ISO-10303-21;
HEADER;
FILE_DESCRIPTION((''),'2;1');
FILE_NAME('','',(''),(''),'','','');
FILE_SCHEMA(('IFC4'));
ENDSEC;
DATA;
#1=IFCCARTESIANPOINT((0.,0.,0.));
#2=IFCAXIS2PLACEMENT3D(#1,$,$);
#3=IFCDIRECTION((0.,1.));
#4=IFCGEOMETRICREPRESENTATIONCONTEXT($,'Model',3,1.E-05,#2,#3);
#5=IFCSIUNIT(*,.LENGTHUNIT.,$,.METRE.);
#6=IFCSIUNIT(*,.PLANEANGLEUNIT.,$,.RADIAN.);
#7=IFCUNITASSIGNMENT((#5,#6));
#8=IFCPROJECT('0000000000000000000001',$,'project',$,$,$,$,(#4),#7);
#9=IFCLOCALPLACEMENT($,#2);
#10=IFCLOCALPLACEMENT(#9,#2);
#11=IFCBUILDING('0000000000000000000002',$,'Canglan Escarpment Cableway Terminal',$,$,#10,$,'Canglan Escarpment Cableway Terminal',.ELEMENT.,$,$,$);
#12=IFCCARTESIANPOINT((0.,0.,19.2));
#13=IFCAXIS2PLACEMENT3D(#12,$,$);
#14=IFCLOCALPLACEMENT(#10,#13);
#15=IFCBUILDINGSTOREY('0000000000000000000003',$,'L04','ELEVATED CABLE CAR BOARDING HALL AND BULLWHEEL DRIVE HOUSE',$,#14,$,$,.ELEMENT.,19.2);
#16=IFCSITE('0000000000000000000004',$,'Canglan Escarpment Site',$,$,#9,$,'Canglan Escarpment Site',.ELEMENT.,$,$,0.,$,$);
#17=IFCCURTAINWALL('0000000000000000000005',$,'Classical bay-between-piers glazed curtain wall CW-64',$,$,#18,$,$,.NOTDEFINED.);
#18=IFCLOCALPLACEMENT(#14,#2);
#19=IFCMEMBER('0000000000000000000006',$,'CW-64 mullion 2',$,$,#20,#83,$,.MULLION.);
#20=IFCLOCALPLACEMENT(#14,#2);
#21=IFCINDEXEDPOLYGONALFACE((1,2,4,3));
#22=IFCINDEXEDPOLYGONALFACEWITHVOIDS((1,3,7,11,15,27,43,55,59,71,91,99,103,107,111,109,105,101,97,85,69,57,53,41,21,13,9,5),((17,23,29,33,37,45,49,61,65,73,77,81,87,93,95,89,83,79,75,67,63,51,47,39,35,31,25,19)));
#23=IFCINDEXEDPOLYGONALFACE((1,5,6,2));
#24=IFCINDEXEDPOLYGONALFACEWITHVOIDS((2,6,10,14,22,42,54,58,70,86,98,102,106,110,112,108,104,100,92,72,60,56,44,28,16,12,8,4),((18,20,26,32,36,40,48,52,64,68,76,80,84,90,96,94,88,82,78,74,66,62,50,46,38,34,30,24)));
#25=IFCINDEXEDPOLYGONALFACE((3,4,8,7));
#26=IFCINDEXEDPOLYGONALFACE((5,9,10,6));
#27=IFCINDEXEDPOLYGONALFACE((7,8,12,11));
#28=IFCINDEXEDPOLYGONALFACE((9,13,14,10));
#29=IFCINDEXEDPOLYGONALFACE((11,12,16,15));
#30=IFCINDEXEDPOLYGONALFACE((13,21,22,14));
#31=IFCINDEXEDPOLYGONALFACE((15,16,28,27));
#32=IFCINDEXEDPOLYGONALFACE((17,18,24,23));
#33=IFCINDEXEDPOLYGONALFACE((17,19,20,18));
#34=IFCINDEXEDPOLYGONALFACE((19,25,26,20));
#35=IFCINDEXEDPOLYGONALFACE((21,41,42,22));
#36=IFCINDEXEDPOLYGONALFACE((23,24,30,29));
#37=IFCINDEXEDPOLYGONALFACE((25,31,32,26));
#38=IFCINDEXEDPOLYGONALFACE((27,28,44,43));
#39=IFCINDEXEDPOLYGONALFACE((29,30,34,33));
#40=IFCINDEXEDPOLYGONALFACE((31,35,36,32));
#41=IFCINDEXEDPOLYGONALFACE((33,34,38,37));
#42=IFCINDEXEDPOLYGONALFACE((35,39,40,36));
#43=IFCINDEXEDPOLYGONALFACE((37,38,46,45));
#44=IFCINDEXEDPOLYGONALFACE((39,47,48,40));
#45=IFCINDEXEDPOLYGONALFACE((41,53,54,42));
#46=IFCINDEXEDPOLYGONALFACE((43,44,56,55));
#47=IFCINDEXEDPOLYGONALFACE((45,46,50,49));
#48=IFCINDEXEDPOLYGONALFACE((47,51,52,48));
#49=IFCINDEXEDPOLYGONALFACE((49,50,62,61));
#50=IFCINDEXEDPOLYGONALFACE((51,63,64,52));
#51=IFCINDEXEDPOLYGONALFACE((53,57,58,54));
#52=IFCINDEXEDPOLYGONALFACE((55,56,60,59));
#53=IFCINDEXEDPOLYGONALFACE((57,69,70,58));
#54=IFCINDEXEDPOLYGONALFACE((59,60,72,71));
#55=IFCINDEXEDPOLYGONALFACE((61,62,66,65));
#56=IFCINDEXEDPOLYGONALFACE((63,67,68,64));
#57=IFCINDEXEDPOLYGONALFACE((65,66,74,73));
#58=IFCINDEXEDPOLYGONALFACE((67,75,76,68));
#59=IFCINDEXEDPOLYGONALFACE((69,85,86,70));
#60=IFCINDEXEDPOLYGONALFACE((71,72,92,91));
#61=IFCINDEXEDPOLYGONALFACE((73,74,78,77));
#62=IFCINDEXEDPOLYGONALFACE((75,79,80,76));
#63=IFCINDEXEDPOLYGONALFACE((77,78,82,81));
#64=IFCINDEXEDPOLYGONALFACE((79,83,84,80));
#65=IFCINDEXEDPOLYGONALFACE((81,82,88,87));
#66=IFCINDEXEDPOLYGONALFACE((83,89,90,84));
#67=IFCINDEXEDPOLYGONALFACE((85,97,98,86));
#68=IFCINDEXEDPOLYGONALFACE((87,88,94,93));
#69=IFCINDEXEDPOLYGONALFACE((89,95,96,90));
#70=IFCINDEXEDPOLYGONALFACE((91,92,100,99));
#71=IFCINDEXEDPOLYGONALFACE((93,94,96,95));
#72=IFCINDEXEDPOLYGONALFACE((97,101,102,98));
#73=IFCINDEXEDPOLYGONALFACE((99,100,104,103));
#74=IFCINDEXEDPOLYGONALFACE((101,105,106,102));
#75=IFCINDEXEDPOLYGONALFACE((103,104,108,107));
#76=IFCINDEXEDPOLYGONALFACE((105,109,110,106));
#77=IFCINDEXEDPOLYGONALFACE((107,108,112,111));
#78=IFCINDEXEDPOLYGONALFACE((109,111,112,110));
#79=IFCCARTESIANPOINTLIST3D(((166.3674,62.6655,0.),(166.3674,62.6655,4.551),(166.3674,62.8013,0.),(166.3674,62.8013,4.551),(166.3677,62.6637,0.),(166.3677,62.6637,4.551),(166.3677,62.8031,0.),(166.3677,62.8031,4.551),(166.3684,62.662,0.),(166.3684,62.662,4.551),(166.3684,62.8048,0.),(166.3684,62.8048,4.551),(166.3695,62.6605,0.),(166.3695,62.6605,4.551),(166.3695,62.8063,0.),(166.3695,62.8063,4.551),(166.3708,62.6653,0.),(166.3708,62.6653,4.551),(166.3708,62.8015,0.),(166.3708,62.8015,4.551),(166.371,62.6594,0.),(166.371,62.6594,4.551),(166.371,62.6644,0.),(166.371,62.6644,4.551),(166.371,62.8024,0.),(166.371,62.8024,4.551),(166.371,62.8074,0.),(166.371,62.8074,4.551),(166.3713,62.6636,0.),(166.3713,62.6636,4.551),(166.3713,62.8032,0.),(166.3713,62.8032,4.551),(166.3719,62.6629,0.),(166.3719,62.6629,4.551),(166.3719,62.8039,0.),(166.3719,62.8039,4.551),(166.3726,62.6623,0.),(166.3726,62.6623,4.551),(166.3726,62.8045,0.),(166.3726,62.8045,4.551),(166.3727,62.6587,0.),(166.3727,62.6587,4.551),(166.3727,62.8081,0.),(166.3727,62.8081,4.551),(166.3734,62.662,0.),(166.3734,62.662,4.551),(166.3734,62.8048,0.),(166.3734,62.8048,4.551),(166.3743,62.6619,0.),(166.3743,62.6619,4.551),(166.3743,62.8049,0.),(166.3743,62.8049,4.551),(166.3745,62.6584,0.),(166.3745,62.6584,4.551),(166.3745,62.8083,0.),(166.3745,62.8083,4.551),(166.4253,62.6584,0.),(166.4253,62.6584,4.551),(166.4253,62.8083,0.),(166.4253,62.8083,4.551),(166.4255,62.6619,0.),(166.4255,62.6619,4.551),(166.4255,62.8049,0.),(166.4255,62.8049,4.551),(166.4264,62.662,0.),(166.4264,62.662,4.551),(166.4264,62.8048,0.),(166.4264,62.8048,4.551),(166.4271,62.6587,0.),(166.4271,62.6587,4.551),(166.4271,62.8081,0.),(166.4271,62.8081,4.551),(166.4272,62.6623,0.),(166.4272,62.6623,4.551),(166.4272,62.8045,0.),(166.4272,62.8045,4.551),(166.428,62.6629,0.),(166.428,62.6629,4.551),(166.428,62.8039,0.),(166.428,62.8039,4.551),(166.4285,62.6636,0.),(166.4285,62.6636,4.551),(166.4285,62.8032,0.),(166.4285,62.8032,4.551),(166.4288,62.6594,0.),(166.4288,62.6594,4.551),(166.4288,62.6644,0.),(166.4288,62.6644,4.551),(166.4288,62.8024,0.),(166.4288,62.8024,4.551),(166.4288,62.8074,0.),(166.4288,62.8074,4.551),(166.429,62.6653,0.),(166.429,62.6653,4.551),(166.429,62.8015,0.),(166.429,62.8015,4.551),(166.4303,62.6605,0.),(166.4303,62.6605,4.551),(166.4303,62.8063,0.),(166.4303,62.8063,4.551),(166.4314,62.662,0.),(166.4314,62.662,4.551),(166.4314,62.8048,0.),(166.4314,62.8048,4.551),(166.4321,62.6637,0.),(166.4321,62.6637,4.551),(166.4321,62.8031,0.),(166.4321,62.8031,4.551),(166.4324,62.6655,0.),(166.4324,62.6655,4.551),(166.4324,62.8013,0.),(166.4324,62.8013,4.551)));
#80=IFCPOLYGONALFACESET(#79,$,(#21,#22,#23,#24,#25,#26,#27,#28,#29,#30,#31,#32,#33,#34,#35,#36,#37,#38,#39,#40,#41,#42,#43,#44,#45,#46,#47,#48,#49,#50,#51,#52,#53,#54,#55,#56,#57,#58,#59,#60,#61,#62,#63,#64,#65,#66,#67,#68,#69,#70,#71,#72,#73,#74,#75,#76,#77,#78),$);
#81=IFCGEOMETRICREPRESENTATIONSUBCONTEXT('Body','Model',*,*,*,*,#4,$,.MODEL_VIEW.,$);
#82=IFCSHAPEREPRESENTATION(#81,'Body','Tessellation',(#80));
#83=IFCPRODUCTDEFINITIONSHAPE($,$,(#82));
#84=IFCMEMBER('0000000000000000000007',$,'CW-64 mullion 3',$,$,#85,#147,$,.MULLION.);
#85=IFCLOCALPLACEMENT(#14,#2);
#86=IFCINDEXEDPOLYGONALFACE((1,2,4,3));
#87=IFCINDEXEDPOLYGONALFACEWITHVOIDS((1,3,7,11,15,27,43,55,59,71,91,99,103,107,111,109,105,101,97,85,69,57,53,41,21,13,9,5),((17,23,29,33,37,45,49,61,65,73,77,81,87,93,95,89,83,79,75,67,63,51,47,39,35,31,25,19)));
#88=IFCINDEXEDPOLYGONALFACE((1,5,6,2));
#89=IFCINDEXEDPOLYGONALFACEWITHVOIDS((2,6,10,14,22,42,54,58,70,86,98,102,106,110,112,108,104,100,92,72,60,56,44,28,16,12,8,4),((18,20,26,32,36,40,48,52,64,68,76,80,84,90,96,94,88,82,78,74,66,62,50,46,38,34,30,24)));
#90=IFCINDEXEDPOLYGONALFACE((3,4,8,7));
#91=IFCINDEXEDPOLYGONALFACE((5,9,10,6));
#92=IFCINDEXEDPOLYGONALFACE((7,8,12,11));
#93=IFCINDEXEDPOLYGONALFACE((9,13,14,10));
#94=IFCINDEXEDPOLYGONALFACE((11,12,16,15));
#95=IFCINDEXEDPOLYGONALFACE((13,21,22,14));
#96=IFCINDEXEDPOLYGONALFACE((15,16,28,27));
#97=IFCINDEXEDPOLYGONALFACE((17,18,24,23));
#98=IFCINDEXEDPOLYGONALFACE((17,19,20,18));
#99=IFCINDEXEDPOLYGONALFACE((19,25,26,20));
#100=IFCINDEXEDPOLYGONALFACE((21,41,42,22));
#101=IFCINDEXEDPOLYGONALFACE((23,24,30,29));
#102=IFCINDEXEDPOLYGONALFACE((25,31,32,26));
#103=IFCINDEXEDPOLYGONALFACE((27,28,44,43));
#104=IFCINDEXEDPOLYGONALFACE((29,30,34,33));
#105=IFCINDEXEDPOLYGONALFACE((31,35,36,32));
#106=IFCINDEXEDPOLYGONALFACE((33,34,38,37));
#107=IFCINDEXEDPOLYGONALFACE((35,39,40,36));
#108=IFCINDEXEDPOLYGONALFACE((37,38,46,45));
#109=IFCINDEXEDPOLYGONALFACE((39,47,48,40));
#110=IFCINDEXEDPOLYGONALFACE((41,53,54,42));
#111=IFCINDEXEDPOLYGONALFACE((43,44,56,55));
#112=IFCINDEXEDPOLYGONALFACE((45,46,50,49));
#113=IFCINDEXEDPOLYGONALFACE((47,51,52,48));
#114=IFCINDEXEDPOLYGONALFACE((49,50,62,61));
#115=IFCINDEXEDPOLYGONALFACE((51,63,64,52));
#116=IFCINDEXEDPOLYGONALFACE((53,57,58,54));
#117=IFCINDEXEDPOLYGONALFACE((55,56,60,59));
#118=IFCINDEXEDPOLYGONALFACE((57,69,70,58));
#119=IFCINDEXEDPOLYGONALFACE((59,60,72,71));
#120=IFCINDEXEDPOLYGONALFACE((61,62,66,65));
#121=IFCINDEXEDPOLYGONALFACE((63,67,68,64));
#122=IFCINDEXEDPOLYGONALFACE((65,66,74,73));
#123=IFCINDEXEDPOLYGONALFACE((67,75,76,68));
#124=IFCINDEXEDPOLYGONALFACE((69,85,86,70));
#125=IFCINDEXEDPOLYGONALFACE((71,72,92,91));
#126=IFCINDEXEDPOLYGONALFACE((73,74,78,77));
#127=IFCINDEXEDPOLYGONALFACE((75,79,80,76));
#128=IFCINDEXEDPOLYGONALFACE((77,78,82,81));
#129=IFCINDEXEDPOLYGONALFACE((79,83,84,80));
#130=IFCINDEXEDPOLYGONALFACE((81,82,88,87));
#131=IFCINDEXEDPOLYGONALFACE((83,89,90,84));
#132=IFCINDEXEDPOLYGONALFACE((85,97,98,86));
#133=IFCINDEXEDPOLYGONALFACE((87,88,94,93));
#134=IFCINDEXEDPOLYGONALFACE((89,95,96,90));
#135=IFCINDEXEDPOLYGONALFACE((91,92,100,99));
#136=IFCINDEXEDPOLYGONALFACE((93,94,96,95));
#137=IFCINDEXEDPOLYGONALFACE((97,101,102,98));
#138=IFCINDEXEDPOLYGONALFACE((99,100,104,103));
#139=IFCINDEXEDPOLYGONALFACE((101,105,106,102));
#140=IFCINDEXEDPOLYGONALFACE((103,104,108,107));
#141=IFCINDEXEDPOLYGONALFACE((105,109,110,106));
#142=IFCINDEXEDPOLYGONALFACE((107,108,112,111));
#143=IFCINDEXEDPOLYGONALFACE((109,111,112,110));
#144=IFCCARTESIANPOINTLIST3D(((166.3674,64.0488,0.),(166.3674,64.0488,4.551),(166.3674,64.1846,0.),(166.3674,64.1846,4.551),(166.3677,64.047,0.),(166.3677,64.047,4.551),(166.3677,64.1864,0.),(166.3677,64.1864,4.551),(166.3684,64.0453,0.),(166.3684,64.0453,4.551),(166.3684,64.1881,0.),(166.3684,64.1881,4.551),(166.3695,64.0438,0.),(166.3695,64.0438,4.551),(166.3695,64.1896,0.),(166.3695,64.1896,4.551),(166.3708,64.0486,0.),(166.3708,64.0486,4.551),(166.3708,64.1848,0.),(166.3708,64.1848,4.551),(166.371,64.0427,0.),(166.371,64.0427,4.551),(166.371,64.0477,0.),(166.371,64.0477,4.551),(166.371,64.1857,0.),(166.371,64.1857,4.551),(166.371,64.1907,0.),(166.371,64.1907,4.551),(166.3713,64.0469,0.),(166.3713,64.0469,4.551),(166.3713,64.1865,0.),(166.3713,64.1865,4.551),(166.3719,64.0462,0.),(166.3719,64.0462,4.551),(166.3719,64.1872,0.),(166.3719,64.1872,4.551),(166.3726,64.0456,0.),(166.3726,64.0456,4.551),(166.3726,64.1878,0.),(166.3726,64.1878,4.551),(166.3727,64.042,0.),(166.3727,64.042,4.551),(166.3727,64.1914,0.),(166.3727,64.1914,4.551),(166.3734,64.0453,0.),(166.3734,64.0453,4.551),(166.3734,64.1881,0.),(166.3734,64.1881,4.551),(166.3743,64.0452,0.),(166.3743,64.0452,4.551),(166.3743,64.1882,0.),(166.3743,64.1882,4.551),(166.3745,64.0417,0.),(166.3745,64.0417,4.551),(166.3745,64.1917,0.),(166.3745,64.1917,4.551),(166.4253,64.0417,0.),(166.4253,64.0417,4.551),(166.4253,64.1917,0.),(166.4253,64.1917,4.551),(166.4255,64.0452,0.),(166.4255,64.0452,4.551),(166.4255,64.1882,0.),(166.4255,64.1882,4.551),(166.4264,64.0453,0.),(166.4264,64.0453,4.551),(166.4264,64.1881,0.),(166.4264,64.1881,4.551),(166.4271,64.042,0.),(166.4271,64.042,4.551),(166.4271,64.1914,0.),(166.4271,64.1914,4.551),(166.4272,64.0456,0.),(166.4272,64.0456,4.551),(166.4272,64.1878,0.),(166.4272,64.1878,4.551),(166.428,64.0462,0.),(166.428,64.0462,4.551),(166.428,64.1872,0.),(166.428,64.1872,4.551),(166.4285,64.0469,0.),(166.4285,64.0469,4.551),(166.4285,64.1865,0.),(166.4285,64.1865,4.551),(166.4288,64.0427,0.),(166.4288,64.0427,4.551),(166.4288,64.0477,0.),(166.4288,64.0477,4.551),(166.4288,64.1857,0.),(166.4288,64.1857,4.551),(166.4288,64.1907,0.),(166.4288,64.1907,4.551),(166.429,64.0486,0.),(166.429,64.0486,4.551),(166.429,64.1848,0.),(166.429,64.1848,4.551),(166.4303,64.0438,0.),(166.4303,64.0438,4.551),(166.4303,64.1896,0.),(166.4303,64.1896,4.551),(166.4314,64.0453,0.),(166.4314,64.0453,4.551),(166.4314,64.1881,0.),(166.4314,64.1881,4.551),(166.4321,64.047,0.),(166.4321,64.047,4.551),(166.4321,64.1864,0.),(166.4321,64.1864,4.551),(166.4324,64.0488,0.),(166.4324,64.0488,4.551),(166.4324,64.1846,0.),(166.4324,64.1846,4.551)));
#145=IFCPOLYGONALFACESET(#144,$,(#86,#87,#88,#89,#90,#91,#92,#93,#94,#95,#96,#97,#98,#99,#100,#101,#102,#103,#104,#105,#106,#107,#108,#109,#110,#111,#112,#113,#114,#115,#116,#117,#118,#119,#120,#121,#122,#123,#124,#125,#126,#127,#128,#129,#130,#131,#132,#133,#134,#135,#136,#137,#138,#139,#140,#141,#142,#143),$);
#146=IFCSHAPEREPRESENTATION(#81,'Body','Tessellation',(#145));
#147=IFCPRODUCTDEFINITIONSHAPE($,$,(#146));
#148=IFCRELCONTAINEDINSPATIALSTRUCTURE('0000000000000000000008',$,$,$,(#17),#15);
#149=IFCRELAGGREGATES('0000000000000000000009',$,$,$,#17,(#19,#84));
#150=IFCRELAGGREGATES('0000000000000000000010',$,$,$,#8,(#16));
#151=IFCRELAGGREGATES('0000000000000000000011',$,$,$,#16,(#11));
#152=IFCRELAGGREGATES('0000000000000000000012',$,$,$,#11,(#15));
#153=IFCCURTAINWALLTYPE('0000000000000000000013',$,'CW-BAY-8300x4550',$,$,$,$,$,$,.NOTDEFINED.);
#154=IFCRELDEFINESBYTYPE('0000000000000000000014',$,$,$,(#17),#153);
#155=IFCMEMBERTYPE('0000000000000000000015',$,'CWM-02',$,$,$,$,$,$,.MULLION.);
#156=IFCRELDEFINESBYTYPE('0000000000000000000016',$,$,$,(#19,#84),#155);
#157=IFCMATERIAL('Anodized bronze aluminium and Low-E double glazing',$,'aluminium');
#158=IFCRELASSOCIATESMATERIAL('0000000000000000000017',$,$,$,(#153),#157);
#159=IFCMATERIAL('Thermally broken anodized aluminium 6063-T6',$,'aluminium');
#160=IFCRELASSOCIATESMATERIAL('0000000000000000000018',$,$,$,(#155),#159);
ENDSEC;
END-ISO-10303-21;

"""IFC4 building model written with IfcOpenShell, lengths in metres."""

from ifc_helpers import new_model, si_unit, direction, frame, origin, origin_2d, place, context, subcontext, project, spatial, hollow_rectangle, extrude, material, material_profile, profile_set, type_object, element, aggregate, save


model = new_model("IFC4")

# Units and contexts
model_context = context("Model", 3, precision=1e-05, world=origin(), true_north=direction((0.0, 1.0)))
body_context = subcontext(model_context, "Body", "Model", "MODEL_VIEW")
ifc_project = project(units=[si_unit("LENGTHUNIT", "METRE"), si_unit("PLANEANGLEUNIT", "RADIAN")], contexts=[model_context])

# Site, building, storey
site_placement = place(None, origin())
site = spatial("IfcSite", under=ifc_project, at=site_placement, Name="Canglan Escarpment Site", LongName="Canglan Escarpment Site", CompositionType="ELEMENT", RefElevation=0.0)
building_placement = place(site_placement, origin())
building = spatial("IfcBuilding", under=site, at=building_placement, Name="Canglan Escarpment Cableway Terminal", LongName="Canglan Escarpment Cableway Terminal", CompositionType="ELEMENT")
storey_placement = place(building_placement, frame((0.0, 0.0, 19.2)))
storey = spatial("IfcBuildingStorey", under=building, at=storey_placement, Name="L04", Description="ELEVATED CABLE CAR BOARDING HALL AND BULLWHEEL DRIVE HOUSE", CompositionType="ELEMENT", Elevation=19.2)

# Curtain wall, members
ifc_material_1 = material(Name="Anodized bronze aluminium and Low-E double glazing", Category="aluminium")
curtain_wall_type = type_object("IfcCurtainWallType", Name="CW-BAY-8300x4550", PredefinedType="NOTDEFINED", material=ifc_material_1)
ifc_material_2 = material(Name="Thermally broken anodized aluminium 6063-T6", Category="aluminium")
curtain_wall_1_placement = place(storey_placement, origin())
curtain_wall_1 = element("IfcCurtainWall", 1, at=curtain_wall_1_placement, inside=storey, type_object=curtain_wall_type, Name="Classical bay-between-piers glazed curtain wall CW-64", PredefinedType="NOTDEFINED")
ifc_material_profile_1 = material_profile(ifc_material_2, hollow_rectangle(XDim=0.0649, YDim=0.1499, WallThickness=0.0034, InnerFilletRadius=0.0034, OuterFilletRadius=0.0071, at=origin_2d()), Name="ALU-MULL 65x150x3.5")
ifc_profile_set_1 = profile_set([ifc_material_profile_1], Name="Thermally broken anodized aluminium 6063-T6")
member_type_1 = type_object("IfcMemberType", Name="CWM-02", PredefinedType="MULLION", material=ifc_profile_set_1)
member_1_placement = place(storey_placement, frame((166.3999, 62.7334, 0.0), z_axis=(0.0, 0.0, 1.0), x_axis=(-1.0, 0.0, 0.0)))
member_1 = element("IfcMember", 2, at=member_1_placement, type_object=member_type_1, Name="CW-64 mullion 2", PredefinedType="MULLION", context=body_context, shape_type="SweptSolid", body=[
    extrude(hollow_rectangle(XDim=0.0649, YDim=0.1499, WallThickness=0.0034, InnerFilletRadius=0.0034, OuterFilletRadius=0.0071, at=origin_2d()), origin(), (0.0, 0.0, 1.0), 4.551),
])
member_2_placement = place(storey_placement, frame((166.3999, 64.1167, 0.0), z_axis=(0.0, 0.0, 1.0), x_axis=(-1.0, 0.0, 0.0)))
member_2 = element("IfcMember", 3, at=member_2_placement, type_object=member_type_1, Name="CW-64 mullion 3", PredefinedType="MULLION", context=body_context, shape_type="SweptSolid", body=[
    extrude(hollow_rectangle(XDim=0.0649, YDim=0.1499, WallThickness=0.0034, InnerFilletRadius=0.0034, OuterFilletRadius=0.0071, at=origin_2d()), origin(), (0.0, 0.0, 1.0), 4.551),
])

aggregate(curtain_wall_1, [member_1, member_2])

save(model, "model.ifc")
